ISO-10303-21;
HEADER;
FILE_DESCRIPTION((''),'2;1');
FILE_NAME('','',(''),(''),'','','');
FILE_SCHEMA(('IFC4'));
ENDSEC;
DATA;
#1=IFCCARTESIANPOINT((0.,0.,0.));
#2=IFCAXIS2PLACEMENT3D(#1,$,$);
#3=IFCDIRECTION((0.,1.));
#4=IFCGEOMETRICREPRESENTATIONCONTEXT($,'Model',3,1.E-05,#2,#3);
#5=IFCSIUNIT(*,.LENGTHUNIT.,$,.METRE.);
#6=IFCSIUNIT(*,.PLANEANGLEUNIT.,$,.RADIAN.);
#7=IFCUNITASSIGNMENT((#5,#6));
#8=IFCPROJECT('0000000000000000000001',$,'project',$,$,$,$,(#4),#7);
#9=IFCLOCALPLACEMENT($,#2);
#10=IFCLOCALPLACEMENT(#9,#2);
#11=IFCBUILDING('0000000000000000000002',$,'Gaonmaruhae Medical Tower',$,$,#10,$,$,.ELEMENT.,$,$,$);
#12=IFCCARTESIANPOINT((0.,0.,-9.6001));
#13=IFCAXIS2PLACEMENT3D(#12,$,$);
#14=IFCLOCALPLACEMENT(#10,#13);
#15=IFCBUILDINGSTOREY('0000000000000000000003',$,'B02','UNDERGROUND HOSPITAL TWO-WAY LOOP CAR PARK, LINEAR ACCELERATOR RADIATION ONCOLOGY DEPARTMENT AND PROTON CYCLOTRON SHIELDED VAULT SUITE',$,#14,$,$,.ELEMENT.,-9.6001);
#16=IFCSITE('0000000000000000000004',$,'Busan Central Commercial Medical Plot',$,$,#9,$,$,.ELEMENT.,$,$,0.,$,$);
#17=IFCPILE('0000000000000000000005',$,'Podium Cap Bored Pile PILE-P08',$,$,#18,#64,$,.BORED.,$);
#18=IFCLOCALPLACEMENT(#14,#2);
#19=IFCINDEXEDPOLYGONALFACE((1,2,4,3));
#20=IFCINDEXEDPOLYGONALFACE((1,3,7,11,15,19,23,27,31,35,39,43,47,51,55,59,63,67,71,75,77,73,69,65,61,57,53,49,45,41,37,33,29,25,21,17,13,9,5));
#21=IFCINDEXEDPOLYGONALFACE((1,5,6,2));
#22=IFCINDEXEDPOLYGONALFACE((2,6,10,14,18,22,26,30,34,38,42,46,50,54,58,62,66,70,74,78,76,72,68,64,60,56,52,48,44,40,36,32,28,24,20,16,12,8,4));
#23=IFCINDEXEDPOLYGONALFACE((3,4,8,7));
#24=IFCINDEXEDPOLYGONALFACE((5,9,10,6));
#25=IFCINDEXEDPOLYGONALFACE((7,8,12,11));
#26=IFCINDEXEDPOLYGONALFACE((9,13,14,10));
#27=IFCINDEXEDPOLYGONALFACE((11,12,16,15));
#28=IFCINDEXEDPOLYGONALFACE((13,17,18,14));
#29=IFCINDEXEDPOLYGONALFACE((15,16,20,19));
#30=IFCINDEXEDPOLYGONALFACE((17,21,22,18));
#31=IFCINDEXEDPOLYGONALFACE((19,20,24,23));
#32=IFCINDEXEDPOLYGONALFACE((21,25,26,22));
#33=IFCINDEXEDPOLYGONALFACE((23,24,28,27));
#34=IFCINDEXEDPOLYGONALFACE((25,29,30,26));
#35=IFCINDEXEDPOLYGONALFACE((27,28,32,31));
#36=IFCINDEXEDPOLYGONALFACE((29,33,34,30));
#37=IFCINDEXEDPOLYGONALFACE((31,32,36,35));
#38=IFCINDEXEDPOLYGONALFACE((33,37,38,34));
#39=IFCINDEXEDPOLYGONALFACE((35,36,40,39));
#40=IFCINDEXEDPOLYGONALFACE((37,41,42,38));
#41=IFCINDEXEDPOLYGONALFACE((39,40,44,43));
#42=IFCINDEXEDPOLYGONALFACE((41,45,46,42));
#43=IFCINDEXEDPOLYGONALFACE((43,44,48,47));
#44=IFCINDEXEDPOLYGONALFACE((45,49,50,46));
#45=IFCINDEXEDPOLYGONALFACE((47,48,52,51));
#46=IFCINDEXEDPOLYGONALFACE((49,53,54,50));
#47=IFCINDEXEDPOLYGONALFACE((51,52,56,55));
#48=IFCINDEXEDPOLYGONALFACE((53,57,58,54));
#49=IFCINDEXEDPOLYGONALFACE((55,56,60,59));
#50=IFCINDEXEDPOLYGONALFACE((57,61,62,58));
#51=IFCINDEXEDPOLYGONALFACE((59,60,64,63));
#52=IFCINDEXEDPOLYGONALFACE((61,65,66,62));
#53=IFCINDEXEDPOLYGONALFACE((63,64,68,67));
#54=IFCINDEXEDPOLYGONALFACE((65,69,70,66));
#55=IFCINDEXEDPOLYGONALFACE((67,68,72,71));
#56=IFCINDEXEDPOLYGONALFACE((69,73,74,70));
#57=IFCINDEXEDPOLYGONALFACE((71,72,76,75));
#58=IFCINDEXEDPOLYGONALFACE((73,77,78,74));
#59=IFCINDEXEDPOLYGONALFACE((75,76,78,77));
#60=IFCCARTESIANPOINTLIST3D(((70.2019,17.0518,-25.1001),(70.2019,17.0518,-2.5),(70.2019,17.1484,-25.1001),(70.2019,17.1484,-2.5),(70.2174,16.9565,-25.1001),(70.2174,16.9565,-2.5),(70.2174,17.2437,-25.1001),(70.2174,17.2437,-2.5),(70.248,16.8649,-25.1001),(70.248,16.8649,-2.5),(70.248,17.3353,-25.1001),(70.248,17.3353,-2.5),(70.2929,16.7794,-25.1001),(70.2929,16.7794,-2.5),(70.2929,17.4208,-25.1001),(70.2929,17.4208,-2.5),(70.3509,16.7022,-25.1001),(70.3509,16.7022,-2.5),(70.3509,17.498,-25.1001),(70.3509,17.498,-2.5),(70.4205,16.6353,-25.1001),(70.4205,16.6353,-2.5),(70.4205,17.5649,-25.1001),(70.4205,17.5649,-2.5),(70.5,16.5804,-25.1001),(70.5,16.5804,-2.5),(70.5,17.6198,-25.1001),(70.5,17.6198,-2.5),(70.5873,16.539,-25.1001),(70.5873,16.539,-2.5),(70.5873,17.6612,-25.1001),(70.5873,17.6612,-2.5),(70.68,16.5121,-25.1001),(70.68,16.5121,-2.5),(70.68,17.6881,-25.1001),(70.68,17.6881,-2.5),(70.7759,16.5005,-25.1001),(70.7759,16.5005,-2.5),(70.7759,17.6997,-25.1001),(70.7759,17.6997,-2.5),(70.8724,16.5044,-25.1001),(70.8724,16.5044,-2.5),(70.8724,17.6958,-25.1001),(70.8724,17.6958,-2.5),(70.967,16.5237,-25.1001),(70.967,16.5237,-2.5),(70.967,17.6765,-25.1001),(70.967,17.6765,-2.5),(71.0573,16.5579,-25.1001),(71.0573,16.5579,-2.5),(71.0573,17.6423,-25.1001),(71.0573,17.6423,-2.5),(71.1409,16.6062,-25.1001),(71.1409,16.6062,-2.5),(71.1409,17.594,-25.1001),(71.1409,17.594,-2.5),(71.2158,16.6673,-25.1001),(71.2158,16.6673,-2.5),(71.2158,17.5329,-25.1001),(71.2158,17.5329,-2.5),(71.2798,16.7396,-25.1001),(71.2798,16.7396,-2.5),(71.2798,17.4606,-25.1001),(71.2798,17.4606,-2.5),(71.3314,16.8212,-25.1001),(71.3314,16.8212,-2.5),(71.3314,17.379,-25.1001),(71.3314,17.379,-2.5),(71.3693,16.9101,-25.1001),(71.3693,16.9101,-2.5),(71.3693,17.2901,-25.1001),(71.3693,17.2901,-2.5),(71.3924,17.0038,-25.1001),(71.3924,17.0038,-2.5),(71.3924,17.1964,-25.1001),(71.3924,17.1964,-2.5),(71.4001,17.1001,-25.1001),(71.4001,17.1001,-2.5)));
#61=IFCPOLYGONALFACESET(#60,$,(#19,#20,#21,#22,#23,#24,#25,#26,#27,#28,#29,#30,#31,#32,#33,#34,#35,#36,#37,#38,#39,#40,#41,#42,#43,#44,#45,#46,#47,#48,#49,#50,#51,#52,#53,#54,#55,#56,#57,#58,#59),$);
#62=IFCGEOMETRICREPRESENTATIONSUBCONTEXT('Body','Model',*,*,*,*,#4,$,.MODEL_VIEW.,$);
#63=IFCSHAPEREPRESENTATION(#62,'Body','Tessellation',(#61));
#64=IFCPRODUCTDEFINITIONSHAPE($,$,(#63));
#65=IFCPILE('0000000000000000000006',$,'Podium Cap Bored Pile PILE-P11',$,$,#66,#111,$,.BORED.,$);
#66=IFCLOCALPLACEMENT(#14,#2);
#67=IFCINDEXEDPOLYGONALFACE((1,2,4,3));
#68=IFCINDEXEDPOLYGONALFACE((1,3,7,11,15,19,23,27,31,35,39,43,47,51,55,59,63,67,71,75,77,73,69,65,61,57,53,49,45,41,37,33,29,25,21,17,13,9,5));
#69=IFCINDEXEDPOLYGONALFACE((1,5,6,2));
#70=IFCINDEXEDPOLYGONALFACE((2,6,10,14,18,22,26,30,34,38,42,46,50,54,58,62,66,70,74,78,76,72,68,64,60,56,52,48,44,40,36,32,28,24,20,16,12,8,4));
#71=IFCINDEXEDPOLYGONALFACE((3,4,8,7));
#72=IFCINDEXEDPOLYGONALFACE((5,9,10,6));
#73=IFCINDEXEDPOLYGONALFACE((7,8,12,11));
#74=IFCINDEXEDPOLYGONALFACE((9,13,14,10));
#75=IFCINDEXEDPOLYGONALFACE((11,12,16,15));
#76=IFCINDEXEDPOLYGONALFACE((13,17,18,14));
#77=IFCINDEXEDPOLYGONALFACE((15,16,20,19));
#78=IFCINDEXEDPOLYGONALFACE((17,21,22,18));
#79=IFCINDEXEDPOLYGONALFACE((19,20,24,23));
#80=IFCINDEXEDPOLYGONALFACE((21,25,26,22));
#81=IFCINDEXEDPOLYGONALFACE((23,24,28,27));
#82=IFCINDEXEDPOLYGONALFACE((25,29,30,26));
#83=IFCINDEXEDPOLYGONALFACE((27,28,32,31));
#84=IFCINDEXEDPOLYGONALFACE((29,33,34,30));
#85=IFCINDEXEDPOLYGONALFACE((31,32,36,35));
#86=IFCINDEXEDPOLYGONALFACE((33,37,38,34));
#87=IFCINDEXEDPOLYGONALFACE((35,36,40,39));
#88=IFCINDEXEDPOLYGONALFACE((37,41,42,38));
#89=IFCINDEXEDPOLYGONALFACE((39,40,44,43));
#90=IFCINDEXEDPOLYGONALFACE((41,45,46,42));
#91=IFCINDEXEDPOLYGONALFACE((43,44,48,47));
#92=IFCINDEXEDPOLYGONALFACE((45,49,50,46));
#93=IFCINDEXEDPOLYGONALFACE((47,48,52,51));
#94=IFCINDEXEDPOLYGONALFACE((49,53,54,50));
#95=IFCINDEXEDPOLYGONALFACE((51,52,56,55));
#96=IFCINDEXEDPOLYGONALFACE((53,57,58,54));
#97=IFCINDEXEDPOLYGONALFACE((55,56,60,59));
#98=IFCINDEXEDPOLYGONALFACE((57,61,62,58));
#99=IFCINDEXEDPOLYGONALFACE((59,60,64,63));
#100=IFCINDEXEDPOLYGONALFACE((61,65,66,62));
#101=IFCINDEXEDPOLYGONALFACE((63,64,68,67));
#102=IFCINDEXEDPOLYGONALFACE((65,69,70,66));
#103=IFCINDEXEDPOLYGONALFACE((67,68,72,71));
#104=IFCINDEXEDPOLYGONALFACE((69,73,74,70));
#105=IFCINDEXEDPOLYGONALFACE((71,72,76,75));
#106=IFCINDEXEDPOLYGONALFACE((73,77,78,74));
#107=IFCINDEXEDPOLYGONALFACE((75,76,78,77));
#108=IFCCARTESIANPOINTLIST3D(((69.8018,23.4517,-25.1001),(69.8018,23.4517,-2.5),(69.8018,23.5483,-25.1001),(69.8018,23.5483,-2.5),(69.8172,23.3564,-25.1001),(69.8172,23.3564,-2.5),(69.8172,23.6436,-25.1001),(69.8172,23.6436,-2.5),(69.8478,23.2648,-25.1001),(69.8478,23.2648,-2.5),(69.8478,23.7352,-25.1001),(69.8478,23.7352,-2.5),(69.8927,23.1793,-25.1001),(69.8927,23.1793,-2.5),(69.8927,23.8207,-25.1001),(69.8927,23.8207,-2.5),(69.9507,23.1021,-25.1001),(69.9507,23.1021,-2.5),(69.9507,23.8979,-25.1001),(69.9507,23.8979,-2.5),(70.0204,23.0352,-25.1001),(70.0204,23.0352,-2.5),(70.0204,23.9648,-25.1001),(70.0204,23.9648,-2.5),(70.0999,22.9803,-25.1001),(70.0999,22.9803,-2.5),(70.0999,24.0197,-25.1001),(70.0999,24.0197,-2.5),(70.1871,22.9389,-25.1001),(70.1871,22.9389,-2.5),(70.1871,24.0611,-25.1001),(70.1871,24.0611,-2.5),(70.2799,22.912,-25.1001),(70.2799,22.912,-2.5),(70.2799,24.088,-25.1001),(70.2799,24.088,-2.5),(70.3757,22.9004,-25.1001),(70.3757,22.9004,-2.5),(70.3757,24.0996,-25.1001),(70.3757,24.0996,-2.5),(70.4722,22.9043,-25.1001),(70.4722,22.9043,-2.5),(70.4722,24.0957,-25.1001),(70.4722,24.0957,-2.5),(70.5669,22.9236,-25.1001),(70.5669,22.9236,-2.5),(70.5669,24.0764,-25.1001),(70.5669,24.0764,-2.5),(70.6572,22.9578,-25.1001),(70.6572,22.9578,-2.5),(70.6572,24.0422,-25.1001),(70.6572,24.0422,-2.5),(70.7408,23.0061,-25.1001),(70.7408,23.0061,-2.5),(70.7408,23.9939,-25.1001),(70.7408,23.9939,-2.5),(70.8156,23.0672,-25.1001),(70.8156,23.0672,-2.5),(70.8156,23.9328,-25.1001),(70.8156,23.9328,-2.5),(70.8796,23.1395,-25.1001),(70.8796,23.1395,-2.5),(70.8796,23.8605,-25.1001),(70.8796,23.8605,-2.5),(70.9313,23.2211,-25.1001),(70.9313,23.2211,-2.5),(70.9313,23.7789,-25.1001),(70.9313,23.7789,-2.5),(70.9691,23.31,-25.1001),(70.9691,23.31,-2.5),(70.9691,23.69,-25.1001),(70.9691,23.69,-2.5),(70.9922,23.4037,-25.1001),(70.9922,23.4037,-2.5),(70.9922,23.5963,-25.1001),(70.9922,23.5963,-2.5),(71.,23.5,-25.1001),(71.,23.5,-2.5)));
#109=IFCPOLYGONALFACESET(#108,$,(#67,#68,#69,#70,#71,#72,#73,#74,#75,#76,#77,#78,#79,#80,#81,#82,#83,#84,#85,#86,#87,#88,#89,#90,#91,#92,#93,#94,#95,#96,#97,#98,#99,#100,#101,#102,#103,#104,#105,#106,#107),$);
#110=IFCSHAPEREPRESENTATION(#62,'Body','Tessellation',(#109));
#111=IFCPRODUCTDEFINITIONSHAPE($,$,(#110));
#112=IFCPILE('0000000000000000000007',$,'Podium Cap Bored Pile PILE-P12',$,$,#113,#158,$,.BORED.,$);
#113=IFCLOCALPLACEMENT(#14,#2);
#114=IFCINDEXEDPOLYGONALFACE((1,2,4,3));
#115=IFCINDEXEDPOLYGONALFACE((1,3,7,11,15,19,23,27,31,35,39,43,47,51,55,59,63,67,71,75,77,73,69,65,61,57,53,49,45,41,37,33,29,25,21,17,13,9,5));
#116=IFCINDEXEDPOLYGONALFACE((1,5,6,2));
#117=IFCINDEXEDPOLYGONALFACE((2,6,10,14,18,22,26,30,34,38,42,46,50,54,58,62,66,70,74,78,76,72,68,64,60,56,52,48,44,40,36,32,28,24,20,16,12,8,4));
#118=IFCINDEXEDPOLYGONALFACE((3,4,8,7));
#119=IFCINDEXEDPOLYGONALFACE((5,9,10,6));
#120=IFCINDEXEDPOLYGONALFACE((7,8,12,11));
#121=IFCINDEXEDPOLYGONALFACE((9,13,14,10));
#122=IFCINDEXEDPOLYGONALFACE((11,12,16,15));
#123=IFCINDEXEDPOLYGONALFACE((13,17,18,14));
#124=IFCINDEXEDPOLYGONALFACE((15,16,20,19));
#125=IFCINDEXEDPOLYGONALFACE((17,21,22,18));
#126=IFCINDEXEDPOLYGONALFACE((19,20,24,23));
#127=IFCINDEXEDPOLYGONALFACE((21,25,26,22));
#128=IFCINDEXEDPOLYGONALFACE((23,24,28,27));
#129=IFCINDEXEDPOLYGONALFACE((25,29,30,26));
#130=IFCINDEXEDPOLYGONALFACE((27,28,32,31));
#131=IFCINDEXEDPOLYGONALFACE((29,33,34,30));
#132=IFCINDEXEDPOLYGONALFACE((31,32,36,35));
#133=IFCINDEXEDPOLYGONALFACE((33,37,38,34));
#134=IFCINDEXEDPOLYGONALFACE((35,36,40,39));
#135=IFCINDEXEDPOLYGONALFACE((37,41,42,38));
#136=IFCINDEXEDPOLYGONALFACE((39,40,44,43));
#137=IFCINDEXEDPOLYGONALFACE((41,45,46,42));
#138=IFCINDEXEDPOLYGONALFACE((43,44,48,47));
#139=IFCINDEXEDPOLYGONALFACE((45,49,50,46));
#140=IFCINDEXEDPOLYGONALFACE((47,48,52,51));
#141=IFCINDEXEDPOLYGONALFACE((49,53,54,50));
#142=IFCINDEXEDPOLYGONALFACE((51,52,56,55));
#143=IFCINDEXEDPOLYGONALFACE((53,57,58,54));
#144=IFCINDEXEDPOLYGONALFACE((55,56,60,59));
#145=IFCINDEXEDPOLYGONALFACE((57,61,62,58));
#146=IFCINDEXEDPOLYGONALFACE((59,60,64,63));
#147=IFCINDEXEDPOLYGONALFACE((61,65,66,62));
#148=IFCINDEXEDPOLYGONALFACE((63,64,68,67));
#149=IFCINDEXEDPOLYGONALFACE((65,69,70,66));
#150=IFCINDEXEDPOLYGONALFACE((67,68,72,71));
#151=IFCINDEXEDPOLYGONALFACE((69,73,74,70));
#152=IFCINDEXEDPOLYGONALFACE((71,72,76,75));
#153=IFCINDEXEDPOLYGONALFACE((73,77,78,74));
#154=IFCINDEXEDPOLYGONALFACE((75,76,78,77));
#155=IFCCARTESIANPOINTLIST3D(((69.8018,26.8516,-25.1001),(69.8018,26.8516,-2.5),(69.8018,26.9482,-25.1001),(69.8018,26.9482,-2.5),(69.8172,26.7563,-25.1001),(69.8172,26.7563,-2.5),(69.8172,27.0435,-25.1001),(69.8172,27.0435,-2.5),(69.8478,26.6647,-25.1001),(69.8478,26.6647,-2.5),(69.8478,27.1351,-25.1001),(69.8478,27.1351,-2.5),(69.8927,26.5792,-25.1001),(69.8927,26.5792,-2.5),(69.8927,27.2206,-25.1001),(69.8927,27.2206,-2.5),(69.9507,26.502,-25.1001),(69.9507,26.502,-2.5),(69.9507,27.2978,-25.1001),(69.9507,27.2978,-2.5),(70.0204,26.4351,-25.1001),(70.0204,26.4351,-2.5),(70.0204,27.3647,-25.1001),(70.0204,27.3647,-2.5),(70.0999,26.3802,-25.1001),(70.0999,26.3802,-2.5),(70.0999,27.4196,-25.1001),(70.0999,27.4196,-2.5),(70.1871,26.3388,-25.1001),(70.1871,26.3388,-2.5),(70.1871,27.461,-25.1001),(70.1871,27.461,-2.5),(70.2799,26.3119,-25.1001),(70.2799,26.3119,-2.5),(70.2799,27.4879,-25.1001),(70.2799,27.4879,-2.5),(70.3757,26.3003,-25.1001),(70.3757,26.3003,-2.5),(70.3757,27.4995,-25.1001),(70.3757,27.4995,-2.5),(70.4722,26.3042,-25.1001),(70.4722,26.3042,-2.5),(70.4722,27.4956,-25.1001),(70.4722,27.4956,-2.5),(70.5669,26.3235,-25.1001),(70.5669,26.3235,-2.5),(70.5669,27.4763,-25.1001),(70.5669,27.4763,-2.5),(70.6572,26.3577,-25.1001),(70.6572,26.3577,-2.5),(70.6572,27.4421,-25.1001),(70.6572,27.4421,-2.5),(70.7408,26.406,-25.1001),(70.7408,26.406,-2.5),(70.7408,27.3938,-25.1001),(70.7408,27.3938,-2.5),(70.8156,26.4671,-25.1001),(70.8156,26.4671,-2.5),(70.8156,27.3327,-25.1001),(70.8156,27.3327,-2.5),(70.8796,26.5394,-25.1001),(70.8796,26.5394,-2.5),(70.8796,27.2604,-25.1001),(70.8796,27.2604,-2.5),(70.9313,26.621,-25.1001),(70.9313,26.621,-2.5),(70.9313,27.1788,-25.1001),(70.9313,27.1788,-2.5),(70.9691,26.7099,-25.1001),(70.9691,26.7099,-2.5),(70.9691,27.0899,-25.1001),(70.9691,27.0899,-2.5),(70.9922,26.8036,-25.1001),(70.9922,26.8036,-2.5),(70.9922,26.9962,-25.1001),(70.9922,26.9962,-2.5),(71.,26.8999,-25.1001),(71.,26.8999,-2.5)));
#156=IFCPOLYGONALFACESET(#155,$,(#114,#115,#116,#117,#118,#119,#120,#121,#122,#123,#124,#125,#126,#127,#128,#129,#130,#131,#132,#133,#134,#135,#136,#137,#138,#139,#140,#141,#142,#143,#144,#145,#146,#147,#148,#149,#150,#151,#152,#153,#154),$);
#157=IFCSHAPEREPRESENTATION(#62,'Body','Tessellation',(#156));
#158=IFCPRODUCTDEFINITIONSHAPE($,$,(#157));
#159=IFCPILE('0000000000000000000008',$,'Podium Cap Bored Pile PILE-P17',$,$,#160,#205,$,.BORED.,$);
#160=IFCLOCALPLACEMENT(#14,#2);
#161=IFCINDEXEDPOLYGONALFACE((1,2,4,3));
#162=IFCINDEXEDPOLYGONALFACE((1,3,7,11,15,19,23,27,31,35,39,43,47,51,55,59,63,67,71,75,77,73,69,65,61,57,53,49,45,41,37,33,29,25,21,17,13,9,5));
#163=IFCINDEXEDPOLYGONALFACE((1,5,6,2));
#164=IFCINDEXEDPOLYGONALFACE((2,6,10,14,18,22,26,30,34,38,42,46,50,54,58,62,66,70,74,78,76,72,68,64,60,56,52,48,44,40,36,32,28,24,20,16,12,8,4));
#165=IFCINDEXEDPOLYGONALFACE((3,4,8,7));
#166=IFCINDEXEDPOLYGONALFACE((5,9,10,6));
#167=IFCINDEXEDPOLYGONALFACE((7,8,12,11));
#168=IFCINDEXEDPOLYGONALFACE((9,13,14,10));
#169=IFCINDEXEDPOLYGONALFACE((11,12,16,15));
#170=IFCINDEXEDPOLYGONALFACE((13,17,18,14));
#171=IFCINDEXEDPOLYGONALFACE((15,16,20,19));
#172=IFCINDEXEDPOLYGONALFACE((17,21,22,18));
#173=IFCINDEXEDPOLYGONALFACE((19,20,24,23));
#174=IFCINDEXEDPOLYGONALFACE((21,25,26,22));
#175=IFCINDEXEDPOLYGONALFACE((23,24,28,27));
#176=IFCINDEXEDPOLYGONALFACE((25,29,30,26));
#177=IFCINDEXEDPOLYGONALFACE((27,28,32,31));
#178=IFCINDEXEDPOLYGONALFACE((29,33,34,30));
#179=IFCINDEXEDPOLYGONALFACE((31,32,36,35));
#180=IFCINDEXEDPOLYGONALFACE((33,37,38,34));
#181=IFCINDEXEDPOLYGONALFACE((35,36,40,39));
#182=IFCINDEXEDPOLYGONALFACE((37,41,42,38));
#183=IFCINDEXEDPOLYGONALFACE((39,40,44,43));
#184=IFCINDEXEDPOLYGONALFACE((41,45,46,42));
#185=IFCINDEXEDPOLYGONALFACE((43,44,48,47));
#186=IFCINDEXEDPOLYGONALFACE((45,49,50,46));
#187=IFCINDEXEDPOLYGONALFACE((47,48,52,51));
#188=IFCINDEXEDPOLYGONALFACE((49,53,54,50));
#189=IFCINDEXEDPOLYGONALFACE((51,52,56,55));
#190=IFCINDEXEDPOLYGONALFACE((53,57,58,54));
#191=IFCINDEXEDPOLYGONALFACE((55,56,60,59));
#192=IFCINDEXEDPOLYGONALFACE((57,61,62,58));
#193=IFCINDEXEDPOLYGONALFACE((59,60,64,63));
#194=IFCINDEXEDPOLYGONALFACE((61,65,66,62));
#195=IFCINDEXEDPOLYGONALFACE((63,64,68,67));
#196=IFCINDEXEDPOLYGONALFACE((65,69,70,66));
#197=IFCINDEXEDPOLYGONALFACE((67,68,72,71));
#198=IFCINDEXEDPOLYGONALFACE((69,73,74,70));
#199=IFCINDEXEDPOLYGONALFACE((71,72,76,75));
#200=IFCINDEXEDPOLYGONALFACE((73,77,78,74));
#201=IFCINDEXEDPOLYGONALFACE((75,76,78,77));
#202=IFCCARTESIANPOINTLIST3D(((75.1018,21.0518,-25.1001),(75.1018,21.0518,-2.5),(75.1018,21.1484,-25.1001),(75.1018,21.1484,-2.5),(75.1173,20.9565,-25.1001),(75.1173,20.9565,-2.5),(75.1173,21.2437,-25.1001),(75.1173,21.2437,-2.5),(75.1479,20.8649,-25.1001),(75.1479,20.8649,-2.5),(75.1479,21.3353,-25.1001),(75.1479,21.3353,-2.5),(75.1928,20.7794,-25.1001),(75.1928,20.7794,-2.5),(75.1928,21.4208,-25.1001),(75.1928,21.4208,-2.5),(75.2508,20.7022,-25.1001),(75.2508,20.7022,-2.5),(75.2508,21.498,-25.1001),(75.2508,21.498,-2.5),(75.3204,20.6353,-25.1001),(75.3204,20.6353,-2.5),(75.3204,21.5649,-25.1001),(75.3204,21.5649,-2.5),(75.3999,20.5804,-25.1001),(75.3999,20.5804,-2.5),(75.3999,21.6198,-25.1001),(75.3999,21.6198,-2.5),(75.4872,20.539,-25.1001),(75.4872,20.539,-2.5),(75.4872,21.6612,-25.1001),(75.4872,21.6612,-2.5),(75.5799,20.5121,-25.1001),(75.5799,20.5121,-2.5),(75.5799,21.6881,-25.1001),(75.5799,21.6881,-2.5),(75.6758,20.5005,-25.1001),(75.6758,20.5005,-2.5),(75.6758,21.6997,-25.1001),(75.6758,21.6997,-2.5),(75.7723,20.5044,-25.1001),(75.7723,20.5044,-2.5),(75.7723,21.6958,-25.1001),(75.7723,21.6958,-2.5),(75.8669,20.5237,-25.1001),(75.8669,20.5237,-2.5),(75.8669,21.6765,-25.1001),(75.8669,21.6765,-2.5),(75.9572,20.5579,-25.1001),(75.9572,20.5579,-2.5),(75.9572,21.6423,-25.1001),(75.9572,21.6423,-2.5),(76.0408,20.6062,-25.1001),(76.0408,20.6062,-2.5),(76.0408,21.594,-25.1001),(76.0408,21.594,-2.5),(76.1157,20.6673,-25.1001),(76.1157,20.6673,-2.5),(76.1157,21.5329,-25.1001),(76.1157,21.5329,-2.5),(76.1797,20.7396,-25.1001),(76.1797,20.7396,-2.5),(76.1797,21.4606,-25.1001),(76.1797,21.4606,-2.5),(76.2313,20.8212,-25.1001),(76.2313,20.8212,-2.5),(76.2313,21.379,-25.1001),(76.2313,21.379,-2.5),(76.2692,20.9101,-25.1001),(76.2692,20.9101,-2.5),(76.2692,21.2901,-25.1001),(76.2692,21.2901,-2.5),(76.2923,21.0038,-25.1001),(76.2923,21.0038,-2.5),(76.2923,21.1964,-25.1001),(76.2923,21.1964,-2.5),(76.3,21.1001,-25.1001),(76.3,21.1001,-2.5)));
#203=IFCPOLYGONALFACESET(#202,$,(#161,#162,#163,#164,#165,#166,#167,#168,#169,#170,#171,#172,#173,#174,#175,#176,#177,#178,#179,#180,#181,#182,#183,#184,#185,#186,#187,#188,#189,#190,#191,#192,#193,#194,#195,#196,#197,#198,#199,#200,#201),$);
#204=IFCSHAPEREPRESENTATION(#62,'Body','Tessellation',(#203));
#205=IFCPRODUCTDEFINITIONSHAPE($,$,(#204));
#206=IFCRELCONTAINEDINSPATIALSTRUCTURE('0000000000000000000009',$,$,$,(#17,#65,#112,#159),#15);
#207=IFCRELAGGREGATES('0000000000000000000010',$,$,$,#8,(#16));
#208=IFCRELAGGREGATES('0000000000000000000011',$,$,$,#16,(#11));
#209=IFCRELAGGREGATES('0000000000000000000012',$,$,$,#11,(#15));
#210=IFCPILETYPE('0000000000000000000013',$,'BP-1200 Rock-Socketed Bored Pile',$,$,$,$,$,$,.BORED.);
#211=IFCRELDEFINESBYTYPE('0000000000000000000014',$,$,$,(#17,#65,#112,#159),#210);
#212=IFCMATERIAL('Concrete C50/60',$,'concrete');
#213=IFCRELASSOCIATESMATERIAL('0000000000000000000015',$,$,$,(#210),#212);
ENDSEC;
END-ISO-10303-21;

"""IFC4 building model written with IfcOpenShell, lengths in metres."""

from ifc_helpers import new_model, si_unit, direction, frame, origin, origin_2d, place, context, subcontext, project, spatial, circle, extrude, material, material_profile, profile_set, type_object, element, save


model = new_model("IFC4")

# Units and contexts
model_context = context("Model", 3, precision=1e-05, world=origin(), true_north=direction((0.0, 1.0)))
body_context = subcontext(model_context, "Body", "Model", "MODEL_VIEW")
ifc_project = project(units=[si_unit("LENGTHUNIT", "METRE"), si_unit("PLANEANGLEUNIT", "RADIAN")], contexts=[model_context])

# Site, building, storey
site_placement = place(None, origin())
site = spatial("IfcSite", under=ifc_project, at=site_placement, Name="Busan Central Commercial Medical Plot", CompositionType="ELEMENT", RefElevation=0.0)
building_placement = place(site_placement, origin())
building = spatial("IfcBuilding", under=site, at=building_placement, Name="Gaonmaruhae Medical Tower", CompositionType="ELEMENT")
storey_placement = place(building_placement, frame((0.0, 0.0, -9.6001)))
storey = spatial("IfcBuildingStorey", under=building, at=storey_placement, Name="B02", Description="UNDERGROUND HOSPITAL TWO-WAY LOOP CAR PARK, LINEAR ACCELERATOR RADIATION ONCOLOGY DEPARTMENT AND PROTON CYCLOTRON SHIELDED VAULT SUITE", CompositionType="ELEMENT", Elevation=-9.6001)

# Piles
ifc_material_1 = material(Name="Concrete C50/60", Category="concrete")
ifc_material_profile_1 = material_profile(ifc_material_1, circle(Radius=0.6001, at=origin_2d()), Name="PILE-D1200")
ifc_profile_set_1 = profile_set([ifc_material_profile_1], Name="Concrete C50/60")
pile_type = type_object("IfcPileType", Name="BP-1200 Rock-Socketed Bored Pile", PredefinedType="BORED", material=ifc_profile_set_1)
for number, where, z_axis, x_axis, name in (
    (1, (70.8, 17.1001, -2.5), (0.0, 0.0, -1.0), (1.0, 0.0, 0.0), "Podium Cap Bored Pile PILE-P08"),
    (2, (70.3999, 23.5, -2.5), (0.0, 0.0, -1.0), (1.0, 0.0, 0.0), "Podium Cap Bored Pile PILE-P11"),
    (3, (70.3999, 26.8999, -2.5), (0.0, 0.0, -1.0), (1.0, 0.0, 0.0), "Podium Cap Bored Pile PILE-P12"),
    (4, (75.7, 21.1001, -2.5), (0.0, 0.0, -1.0), (1.0, 0.0, 0.0), "Podium Cap Bored Pile PILE-P17"),
):
    element("IfcPile", number, at=place(storey_placement, frame(where, z_axis=z_axis, x_axis=x_axis)), inside=storey, type_object=pile_type, Name=name, PredefinedType="BORED", context=body_context, shape_type="SweptSolid", body=[
        extrude(circle(Radius=0.6001, at=origin_2d()), origin(), (0.0, 0.0, 1.0), 22.6001),
    ])

save(model, "model.ifc")
